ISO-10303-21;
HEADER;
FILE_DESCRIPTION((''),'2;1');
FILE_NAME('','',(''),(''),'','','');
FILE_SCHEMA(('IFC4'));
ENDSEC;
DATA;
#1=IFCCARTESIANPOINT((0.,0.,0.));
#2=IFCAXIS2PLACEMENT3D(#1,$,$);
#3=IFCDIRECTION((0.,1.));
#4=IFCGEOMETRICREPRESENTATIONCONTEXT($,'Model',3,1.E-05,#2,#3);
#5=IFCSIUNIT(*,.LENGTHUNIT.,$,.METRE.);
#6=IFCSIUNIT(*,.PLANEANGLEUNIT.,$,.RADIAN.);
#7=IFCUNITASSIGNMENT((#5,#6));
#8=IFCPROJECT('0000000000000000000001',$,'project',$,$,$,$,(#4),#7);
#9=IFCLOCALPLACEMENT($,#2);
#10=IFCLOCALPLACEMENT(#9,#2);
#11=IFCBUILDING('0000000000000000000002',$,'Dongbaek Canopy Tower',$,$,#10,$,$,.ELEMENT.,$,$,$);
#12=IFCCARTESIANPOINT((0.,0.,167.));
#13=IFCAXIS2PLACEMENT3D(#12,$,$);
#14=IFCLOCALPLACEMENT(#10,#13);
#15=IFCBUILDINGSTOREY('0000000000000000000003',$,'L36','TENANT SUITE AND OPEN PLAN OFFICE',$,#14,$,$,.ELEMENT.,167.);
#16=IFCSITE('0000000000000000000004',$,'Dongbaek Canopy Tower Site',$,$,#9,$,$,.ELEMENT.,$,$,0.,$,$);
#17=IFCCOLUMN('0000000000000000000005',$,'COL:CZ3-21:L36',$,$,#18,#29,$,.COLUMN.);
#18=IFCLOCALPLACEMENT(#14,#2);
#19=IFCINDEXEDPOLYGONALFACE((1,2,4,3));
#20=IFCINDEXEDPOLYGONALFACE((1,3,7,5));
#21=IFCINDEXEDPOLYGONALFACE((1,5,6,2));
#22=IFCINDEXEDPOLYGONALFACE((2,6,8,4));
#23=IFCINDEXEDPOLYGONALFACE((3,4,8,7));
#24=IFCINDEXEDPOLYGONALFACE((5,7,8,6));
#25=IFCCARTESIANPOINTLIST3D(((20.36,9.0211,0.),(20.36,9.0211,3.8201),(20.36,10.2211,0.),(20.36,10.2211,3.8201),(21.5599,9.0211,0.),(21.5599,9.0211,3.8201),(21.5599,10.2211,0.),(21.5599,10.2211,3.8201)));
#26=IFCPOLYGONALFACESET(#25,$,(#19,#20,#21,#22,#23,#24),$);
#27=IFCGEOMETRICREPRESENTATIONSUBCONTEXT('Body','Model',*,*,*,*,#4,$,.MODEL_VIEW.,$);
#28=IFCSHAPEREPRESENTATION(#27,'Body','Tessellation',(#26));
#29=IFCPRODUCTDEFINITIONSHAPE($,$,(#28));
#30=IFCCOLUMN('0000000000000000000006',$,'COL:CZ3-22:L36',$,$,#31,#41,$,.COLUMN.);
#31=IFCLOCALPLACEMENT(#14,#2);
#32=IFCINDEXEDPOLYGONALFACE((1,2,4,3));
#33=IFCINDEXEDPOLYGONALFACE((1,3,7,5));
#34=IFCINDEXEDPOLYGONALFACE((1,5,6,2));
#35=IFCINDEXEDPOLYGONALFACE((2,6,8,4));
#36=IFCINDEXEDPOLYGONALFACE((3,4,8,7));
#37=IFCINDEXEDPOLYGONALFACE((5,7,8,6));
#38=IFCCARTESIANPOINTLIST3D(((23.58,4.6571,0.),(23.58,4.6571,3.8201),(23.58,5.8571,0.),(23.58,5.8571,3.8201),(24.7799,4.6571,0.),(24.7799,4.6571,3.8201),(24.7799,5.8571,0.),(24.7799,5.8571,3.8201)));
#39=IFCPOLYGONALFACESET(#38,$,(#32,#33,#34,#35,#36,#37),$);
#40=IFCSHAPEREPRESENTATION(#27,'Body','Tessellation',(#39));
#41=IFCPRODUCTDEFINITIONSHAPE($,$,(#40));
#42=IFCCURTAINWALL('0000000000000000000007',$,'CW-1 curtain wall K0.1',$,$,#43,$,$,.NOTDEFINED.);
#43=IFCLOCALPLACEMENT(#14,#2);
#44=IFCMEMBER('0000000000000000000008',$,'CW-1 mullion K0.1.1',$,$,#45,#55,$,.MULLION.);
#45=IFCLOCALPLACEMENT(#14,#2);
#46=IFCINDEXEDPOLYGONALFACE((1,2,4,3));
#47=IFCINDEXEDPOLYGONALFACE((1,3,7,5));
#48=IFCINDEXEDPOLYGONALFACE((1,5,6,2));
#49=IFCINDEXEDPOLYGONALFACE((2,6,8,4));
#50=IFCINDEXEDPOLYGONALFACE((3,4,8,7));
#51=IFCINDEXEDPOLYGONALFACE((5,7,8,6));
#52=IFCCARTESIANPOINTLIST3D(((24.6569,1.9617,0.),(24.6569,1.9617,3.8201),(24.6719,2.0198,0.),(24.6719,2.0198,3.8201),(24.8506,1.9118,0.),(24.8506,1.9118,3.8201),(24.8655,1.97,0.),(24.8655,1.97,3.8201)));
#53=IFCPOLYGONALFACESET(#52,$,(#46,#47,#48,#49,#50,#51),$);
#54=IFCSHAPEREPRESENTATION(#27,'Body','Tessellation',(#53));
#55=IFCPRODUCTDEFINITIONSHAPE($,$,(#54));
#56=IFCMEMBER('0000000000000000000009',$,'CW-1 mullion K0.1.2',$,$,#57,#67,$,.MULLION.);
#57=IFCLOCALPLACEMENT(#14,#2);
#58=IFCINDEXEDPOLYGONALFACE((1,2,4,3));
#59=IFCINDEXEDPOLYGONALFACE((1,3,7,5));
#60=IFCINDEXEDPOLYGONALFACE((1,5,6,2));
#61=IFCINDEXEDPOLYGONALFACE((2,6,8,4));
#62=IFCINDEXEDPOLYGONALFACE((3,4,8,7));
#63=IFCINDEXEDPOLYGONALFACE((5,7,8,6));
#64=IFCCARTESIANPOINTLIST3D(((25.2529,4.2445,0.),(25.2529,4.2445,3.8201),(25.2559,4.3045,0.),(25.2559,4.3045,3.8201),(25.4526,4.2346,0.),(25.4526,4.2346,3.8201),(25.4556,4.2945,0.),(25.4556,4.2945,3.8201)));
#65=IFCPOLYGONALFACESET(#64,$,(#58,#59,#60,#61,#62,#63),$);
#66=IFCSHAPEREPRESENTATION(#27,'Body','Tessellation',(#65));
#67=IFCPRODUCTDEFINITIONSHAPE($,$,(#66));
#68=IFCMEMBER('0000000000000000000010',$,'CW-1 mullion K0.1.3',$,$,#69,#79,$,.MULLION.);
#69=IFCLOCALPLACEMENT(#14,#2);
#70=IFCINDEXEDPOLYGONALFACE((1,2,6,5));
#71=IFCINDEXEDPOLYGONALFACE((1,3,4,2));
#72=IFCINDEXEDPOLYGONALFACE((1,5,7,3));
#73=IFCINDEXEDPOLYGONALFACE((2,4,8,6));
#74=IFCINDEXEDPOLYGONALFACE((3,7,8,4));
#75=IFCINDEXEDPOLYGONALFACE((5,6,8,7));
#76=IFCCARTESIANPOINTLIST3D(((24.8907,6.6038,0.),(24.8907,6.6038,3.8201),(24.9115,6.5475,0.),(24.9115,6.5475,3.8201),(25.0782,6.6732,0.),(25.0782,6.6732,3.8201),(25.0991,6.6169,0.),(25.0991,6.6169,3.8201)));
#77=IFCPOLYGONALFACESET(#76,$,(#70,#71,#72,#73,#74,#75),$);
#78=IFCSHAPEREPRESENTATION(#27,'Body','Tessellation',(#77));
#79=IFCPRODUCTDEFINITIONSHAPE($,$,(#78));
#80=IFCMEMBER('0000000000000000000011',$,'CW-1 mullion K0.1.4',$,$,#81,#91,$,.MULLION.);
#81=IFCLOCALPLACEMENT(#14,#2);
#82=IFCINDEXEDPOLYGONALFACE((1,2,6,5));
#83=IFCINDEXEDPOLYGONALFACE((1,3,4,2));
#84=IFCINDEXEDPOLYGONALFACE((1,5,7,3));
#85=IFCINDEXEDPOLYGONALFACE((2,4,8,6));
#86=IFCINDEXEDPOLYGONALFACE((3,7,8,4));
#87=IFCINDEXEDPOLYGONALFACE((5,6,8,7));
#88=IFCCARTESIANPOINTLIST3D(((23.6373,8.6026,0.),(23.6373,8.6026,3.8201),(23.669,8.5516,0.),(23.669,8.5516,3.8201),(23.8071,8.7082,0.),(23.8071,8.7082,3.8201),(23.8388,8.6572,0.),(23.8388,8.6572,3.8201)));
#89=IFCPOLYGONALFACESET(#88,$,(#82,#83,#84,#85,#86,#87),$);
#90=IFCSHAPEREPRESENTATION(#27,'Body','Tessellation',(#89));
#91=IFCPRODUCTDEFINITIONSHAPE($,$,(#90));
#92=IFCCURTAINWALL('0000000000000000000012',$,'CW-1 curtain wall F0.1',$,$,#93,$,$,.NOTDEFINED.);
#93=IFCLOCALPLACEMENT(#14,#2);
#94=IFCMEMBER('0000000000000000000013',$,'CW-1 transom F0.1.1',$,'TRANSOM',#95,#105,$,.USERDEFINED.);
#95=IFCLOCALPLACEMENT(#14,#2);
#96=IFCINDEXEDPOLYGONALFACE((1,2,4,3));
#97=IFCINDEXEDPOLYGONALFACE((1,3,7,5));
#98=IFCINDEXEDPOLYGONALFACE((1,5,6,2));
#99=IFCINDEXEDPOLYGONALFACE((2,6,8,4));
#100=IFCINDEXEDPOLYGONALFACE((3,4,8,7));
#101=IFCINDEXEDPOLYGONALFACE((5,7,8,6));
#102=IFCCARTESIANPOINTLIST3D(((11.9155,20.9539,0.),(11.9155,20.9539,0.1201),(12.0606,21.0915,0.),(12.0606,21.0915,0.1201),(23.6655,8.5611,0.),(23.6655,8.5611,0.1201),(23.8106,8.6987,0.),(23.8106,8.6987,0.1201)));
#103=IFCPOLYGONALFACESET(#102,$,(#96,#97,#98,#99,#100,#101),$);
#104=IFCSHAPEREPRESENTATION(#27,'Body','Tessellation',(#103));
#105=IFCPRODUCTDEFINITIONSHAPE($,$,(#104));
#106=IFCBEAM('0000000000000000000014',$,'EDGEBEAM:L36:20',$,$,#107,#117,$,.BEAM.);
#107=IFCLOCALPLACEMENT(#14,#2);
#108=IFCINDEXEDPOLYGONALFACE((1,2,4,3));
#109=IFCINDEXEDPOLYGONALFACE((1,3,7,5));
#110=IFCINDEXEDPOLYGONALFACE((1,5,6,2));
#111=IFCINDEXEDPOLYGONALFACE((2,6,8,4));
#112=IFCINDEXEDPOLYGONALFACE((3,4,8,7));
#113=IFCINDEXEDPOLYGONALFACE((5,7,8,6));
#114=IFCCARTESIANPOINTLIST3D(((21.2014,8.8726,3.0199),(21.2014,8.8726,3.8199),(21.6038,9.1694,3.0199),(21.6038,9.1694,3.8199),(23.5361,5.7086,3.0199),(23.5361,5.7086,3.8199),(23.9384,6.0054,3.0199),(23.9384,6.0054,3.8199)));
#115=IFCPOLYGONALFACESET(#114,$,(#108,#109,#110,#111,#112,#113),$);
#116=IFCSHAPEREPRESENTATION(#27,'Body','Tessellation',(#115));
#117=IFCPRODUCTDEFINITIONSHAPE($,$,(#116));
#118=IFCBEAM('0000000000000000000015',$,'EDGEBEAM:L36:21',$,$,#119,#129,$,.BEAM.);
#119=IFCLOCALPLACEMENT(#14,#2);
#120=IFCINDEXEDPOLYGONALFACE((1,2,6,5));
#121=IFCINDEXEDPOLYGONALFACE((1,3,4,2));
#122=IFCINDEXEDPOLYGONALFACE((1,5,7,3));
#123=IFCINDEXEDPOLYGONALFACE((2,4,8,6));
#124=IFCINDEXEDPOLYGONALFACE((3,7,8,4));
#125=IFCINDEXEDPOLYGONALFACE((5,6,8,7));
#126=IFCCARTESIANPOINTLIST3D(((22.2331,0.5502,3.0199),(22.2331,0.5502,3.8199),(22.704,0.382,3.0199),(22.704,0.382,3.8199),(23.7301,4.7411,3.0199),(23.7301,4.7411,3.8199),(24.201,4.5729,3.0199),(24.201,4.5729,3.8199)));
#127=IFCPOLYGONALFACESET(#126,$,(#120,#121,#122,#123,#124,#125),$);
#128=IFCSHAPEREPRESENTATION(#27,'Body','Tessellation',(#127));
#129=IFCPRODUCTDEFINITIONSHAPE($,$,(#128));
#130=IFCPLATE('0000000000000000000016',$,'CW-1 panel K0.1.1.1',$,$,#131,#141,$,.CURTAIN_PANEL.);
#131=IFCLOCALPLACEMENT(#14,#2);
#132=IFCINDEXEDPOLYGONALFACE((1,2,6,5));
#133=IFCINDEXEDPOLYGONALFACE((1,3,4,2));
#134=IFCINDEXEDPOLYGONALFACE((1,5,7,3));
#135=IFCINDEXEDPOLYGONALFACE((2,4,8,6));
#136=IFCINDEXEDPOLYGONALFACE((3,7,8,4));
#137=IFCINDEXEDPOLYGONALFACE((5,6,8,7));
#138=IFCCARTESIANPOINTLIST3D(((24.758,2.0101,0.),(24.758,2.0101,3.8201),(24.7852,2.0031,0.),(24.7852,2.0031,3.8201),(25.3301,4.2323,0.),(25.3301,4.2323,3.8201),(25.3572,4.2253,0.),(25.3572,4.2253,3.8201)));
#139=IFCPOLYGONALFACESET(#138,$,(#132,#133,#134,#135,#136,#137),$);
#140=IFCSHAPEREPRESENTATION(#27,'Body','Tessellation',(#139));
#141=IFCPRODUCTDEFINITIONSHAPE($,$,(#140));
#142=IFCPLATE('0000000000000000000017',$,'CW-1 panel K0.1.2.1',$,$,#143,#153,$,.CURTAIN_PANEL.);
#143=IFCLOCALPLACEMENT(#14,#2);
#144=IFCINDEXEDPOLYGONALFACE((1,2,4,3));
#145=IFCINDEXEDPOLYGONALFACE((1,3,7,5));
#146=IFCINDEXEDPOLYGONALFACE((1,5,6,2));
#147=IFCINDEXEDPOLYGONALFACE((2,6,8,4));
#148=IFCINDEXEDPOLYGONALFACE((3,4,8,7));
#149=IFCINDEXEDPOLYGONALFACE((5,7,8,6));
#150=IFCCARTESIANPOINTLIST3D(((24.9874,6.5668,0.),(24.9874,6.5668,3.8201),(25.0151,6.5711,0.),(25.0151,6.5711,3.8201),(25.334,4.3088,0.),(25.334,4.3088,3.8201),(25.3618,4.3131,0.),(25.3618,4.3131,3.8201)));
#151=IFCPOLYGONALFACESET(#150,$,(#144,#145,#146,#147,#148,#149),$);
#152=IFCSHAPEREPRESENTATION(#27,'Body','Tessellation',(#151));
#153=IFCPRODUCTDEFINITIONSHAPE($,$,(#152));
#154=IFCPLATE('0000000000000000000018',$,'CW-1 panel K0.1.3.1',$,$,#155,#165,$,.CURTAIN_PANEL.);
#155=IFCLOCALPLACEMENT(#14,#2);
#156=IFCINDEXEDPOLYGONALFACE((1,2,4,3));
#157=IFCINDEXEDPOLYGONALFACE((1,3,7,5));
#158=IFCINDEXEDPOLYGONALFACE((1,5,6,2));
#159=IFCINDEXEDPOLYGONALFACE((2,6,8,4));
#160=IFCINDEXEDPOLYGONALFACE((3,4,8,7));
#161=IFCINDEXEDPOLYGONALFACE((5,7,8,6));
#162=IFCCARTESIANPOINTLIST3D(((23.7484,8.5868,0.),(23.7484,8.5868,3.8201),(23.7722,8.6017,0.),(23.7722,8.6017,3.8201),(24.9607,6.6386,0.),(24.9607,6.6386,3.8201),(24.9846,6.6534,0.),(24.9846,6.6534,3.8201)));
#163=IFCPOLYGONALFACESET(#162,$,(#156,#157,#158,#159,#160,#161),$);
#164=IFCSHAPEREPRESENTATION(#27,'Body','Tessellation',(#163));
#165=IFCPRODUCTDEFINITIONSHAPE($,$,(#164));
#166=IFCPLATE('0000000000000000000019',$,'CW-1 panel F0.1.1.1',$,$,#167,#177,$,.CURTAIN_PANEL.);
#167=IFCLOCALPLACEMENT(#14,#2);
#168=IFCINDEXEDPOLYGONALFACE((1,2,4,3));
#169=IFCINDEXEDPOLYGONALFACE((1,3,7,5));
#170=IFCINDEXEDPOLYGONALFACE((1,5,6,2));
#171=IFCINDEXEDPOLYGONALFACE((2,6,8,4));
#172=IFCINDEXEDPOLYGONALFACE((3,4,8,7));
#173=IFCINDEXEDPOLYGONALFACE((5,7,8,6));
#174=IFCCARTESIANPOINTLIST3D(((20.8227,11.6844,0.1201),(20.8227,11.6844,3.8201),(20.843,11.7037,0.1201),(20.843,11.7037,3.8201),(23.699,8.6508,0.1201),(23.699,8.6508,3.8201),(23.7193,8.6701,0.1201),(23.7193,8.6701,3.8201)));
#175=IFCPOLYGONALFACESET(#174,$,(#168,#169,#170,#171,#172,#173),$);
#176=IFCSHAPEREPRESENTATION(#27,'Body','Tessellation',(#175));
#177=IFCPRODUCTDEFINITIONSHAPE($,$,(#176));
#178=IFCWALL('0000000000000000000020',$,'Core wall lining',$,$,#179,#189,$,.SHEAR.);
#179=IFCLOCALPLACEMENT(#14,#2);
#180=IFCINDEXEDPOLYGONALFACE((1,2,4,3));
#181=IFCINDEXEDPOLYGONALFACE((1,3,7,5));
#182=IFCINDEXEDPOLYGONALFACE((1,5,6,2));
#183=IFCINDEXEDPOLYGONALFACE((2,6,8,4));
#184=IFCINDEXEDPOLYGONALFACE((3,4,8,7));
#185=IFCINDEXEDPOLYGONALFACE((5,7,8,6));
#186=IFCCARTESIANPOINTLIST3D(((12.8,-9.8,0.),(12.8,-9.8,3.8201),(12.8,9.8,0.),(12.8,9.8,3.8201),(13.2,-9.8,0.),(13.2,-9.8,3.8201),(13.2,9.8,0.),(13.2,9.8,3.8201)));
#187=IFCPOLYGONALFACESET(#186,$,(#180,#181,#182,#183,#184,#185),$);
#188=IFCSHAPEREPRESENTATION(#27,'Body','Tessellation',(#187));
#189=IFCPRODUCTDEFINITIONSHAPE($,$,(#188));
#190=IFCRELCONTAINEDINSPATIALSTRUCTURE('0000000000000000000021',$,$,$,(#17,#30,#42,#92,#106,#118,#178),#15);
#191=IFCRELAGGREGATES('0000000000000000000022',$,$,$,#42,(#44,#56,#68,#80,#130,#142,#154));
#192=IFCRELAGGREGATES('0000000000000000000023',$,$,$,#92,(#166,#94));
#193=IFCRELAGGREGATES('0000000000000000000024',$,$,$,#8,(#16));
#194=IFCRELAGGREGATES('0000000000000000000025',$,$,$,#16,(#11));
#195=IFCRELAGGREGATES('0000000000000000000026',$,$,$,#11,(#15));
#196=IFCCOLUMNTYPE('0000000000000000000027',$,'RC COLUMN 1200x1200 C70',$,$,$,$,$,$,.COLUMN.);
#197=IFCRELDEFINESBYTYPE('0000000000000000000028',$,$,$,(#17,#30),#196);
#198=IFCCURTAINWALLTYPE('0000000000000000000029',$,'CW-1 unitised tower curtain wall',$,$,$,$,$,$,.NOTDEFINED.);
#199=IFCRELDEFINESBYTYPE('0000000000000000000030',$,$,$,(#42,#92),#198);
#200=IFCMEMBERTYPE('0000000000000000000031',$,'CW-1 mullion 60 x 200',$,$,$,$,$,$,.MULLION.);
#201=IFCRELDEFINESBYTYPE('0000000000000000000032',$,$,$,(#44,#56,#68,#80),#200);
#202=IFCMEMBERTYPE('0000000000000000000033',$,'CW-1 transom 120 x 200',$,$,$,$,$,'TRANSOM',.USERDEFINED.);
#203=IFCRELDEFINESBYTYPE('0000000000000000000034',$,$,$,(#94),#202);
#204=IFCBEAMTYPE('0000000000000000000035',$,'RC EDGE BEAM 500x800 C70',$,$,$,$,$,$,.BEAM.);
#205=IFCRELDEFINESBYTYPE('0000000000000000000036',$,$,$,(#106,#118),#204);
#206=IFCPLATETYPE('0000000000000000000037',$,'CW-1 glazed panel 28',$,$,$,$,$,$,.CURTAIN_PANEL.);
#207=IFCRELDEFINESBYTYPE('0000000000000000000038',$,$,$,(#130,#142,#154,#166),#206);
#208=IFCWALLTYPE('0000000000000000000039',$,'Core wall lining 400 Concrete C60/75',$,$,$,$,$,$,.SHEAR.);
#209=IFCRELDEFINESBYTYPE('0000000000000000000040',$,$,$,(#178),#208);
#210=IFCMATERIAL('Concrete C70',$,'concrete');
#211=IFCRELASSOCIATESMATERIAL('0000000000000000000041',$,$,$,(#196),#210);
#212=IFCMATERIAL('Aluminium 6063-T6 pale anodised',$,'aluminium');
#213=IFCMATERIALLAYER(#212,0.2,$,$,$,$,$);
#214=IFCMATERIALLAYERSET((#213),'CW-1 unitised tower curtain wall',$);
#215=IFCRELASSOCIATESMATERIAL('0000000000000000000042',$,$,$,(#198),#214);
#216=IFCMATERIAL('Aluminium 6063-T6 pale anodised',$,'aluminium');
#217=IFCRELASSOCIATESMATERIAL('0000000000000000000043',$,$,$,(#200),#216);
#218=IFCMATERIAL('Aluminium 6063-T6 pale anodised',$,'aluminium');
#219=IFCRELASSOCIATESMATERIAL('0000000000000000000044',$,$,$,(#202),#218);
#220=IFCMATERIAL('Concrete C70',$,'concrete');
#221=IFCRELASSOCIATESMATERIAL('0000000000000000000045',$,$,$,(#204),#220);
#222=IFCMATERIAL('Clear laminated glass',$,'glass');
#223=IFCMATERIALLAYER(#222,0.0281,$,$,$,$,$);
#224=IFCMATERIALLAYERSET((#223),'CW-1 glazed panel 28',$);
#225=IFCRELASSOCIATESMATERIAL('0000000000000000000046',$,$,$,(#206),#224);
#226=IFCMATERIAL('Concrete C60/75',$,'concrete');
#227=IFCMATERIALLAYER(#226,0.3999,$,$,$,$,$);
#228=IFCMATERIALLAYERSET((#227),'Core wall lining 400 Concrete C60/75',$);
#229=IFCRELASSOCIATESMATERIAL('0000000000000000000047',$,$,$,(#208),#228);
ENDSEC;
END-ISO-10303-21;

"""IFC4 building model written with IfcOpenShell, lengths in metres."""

from ifc_helpers import new_model, si_unit, direction, frame, frame_2d, origin, origin_2d, place, context, subcontext, project, spatial, rectangle, extrude, material, layer, layer_set, material_profile, profile_set, type_object, element, aggregate, save


model = new_model("IFC4")

# Units and contexts
model_context = context("Model", 3, precision=1e-05, world=origin(), true_north=direction((0.0, 1.0)))
body_context = subcontext(model_context, "Body", "Model", "MODEL_VIEW")
ifc_project = project(units=[si_unit("LENGTHUNIT", "METRE"), si_unit("PLANEANGLEUNIT", "RADIAN")], contexts=[model_context])

# Site, building, storey
site_placement = place(None, origin())
site = spatial("IfcSite", under=ifc_project, at=site_placement, Name="Dongbaek Canopy Tower Site", CompositionType="ELEMENT", RefElevation=0.0)
building_placement = place(site_placement, origin())
building = spatial("IfcBuilding", under=site, at=building_placement, Name="Dongbaek Canopy Tower", CompositionType="ELEMENT")
storey_placement = place(building_placement, frame((0.0, 0.0, 167.0)))
storey = spatial("IfcBuildingStorey", under=building, at=storey_placement, Name="L36", Description="TENANT SUITE AND OPEN PLAN OFFICE", CompositionType="ELEMENT", Elevation=167.0)

# Columns
ifc_material_1 = material(Name="Concrete C70", Category="concrete")
ifc_material_profile_1 = material_profile(ifc_material_1, rectangle(XDim=1.2, YDim=1.2, at=origin_2d()), Name="RC COLUMN 1200x1200 C70")
ifc_profile_set_1 = profile_set([ifc_material_profile_1], Name="Concrete C70")
column_type = type_object("IfcColumnType", Name="RC COLUMN 1200x1200 C70", PredefinedType="COLUMN", material=ifc_profile_set_1)
for number, where, z_axis, x_axis, name in (
    (1, (20.96, 9.6211, 0.0), (0.0, 0.0, 1.0), (1.0, 0.0, 0.0), "COL:CZ3-21:L36"),
    (2, (24.1799, 5.2571, 0.0), (0.0, 0.0, 1.0), (1.0, 0.0, 0.0), "COL:CZ3-22:L36"),
):
    element("IfcColumn", number, at=place(storey_placement, frame(where, z_axis=z_axis, x_axis=x_axis)), inside=storey, type_object=column_type, Name=name, PredefinedType="COLUMN", context=body_context, shape_type="SweptSolid", body=[
        extrude(rectangle(XDim=1.2, YDim=1.2, at=origin_2d()), origin(), (0.0, 0.0, 1.0), 3.8201),
    ])

# Curtain wall, members
ifc_material_2 = material(Name="Aluminium 6063-T6 pale anodised", Category="aluminium")
ifc_layer_1 = layer(ifc_material_2, 0.2)
ifc_layer_set_1 = layer_set([ifc_layer_1], Name="CW-1 unitised tower curtain wall")
curtain_wall_type = type_object("IfcCurtainWallType", Name="CW-1 unitised tower curtain wall", PredefinedType="NOTDEFINED", material=ifc_layer_set_1)
curtain_wall_1_placement = place(storey_placement, origin())
curtain_wall_1 = element("IfcCurtainWall", 3, at=curtain_wall_1_placement, inside=storey, type_object=curtain_wall_type, Name="CW-1 curtain wall K0.1", PredefinedType="NOTDEFINED")
ifc_material_3 = material(Name="Aluminium 6063-T6 pale anodised", Category="aluminium")
ifc_material_profile_2 = material_profile(ifc_material_3, rectangle(XDim=0.2, YDim=0.0601, at=origin_2d()), Name="CW-1 mullion 60 x 200")
ifc_profile_set_2 = profile_set([ifc_material_profile_2], Name="Aluminium 6063-T6 pale anodised")
member_type_1 = type_object("IfcMemberType", Name="CW-1 mullion 60 x 200", PredefinedType="MULLION", material=ifc_profile_set_2)
member_1_placement = place(storey_placement, frame((24.7612, 1.9658, 0.0), z_axis=(0.0, 0.0, 1.0), x_axis=(0.968425, -0.249305, 0.0)))
member_1 = element("IfcMember", 4, at=member_1_placement, type_object=member_type_1, Name="CW-1 mullion K0.1.1", PredefinedType="MULLION", context=body_context, shape_type="SweptSolid", body=[
    extrude(rectangle(XDim=0.2, YDim=0.0601, at=origin_2d()), origin(), (0.0, 0.0, 1.0), 3.8201),
])
member_2_placement = place(storey_placement, frame((25.3542, 4.2695, 0.0), z_axis=(0.0, 0.0, 1.0), x_axis=(0.99876, -0.049791, 0.0)))
member_2 = element("IfcMember", 5, at=member_2_placement, type_object=member_type_1, Name="CW-1 mullion K0.1.2", PredefinedType="MULLION", context=body_context, shape_type="SweptSolid", body=[
    extrude(rectangle(XDim=0.2, YDim=0.0601, at=origin_2d()), origin(), (0.0, 0.0, 1.0), 3.8201),
])
member_3_placement = place(storey_placement, frame((24.9949, 6.6104, 0.0), z_axis=(0.0, 0.0, 1.0), x_axis=(0.937824, 0.34711, 0.0)))
member_3 = element("IfcMember", 6, at=member_3_placement, type_object=member_type_1, Name="CW-1 mullion K0.1.3", PredefinedType="MULLION", context=body_context, shape_type="SweptSolid", body=[
    extrude(rectangle(XDim=0.2, YDim=0.0601, at=origin_2d()), origin(), (0.0, 0.0, 1.0), 3.8201),
])
member_4_placement = place(storey_placement, frame((23.738, 8.6299, 0.0), z_axis=(0.0, 0.0, 1.0), x_axis=(0.849036, 0.528335, 0.0)))
member_4 = element("IfcMember", 7, at=member_4_placement, type_object=member_type_1, Name="CW-1 mullion K0.1.4", PredefinedType="MULLION", context=body_context, shape_type="SweptSolid", body=[
    extrude(rectangle(XDim=0.2, YDim=0.0601, at=origin_2d()), origin(), (0.0, 0.0, 1.0), 3.8201),
])

# Curtain wall, member
curtain_wall_2_placement = place(storey_placement, origin())
curtain_wall_2 = element("IfcCurtainWall", 8, at=curtain_wall_2_placement, inside=storey, type_object=curtain_wall_type, Name="CW-1 curtain wall F0.1", PredefinedType="NOTDEFINED")
ifc_material_4 = material(Name="Aluminium 6063-T6 pale anodised", Category="aluminium")
ifc_material_profile_3 = material_profile(ifc_material_4, rectangle(XDim=0.2, YDim=0.1201, at=origin_2d()), Name="CW-1 transom 120 x 200")
ifc_profile_set_3 = profile_set([ifc_material_profile_3], Name="Aluminium 6063-T6 pale anodised")
member_type_2 = type_object("IfcMemberType", Name="CW-1 transom 120 x 200", ElementType="TRANSOM", PredefinedType="USERDEFINED", material=ifc_profile_set_3)
member_5_placement = place(storey_placement, frame((23.738, 8.6299, 0.0601), z_axis=(-0.688036, 0.725677, 0.0), x_axis=(-0.725677, -0.688036, 0.0)))
member_5 = element("IfcMember", 9, at=member_5_placement, type_object=member_type_2, Name="CW-1 transom F0.1.1", ObjectType="TRANSOM", PredefinedType="USERDEFINED", context=body_context, shape_type="SweptSolid", body=[
    extrude(rectangle(XDim=0.2, YDim=0.1201, at=origin_2d()), origin(), (0.0, 0.0, 1.0), 17.0776),
])

# Beams
ifc_material_5 = material(Name="Concrete C70", Category="concrete")
ifc_material_profile_4 = material_profile(ifc_material_5, rectangle(XDim=0.5, YDim=0.8, at=origin_2d()), Name="RC EDGE BEAM 500x800 C70")
ifc_profile_set_4 = profile_set([ifc_material_profile_4], Name="Concrete C70")
beam_type = type_object("IfcBeamType", Name="RC EDGE BEAM 500x800 C70", PredefinedType="BEAM", material=ifc_profile_set_4)
beam_1_placement = place(storey_placement, frame((21.4026, 9.021, 3.4199), z_axis=(0.593743, -0.804655, 0.0), x_axis=(0.804655, 0.593743, 0.0)))
element("IfcBeam", 10, at=beam_1_placement, inside=storey, type_object=beam_type, Name="EDGEBEAM:L36:20", PredefinedType="BEAM", context=body_context, shape_type="SweptSolid", body=[
    extrude(rectangle(XDim=0.5, YDim=0.8, at=origin_2d()), origin(), (0.0, 0.0, 1.0), 3.9321),
])
beam_2_placement = place(storey_placement, frame((23.9656, 4.657, 3.4199), z_axis=(-0.336399, -0.94172, 0.0), x_axis=(0.94172, -0.336399, 0.0)))
element("IfcBeam", 11, at=beam_2_placement, inside=storey, type_object=beam_type, Name="EDGEBEAM:L36:21", PredefinedType="BEAM", context=body_context, shape_type="SweptSolid", body=[
    extrude(rectangle(XDim=0.5, YDim=0.8, at=origin_2d()), origin(), (0.0, 0.0, 1.0), 4.4502),
])

# Plates
ifc_material_6 = material(Name="Clear laminated glass", Category="glass")
ifc_layer_2 = layer(ifc_material_6, 0.0281)
ifc_layer_set_2 = layer_set([ifc_layer_2], Name="CW-1 glazed panel 28")
plate_type = type_object("IfcPlateType", Name="CW-1 glazed panel 28", PredefinedType="CURTAIN_PANEL", material=ifc_layer_set_2)
plate_1_placement = place(storey_placement, frame((25.0576, 3.1177, 0.0), z_axis=(0.0, 0.0, 1.0), x_axis=(0.249305, 0.968425, 0.0)))
plate_1 = element("IfcPlate", 12, at=plate_1_placement, type_object=plate_type, Name="CW-1 panel K0.1.1.1", PredefinedType="CURTAIN_PANEL", context=body_context, shape_type="SweptSolid", body=[
    extrude(rectangle(XDim=2.2947, YDim=0.0281, at=origin_2d()), origin(), (0.0, 0.0, 1.0), 3.8201),
])
plate_2_placement = place(storey_placement, frame((25.1746, 5.4399, 0.0), z_axis=(0.0, 0.0, 1.0), x_axis=(-0.15175, 0.988419, 0.0)))
plate_2 = element("IfcPlate", 13, at=plate_2_placement, type_object=plate_type, Name="CW-1 panel K0.1.2.1", PredefinedType="CURTAIN_PANEL", context=body_context, shape_type="SweptSolid", body=[
    extrude(rectangle(XDim=2.2844, YDim=0.0281, at=origin_2d()), origin(), (0.0, 0.0, 1.0), 3.8201),
])
plate_3_placement = place(storey_placement, frame((24.3665, 7.6201, 0.0), z_axis=(0.0, 0.0, 1.0), x_axis=(-0.528335, 0.849036, 0.0)))
plate_3 = element("IfcPlate", 14, at=plate_3_placement, type_object=plate_type, Name="CW-1 panel K0.1.3.1", PredefinedType="CURTAIN_PANEL", context=body_context, shape_type="SweptSolid", body=[
    extrude(rectangle(XDim=2.2947, YDim=0.0281, at=origin_2d()), origin(), (0.0, 0.0, 1.0), 3.8201),
])
plate_4_placement = place(storey_placement, frame((22.271, 10.1772, 0.1201), z_axis=(0.0, 0.0, 1.0), x_axis=(-0.688043, 0.72567, 0.0)))
plate_4 = element("IfcPlate", 15, at=plate_4_placement, type_object=plate_type, Name="CW-1 panel F0.1.1.1", PredefinedType="CURTAIN_PANEL", context=body_context, shape_type="SweptSolid", body=[
    extrude(rectangle(XDim=4.1804, YDim=0.0281, at=origin_2d()), origin(), (0.0, 0.0, 1.0), 3.7),
])

# Wall
ifc_material_7 = material(Name="Concrete C60/75", Category="concrete")
ifc_layer_3 = layer(ifc_material_7, 0.3999)
ifc_layer_set_3 = layer_set([ifc_layer_3], Name="Core wall lining 400 Concrete C60/75")
wall_type_1 = type_object("IfcWallType", Name="Core wall lining 400 Concrete C60/75", PredefinedType="SHEAR", material=ifc_layer_set_3)
wall_1_placement = place(storey_placement, frame((13.0, 9.8, 0.0), z_axis=(0.0, 0.0, 1.0), x_axis=(0.0, -1.0, 0.0)))
element("IfcWall", 16, at=wall_1_placement, inside=storey, type_object=wall_type_1, Name="Core wall lining", PredefinedType="SHEAR", context=body_context, shape_type="SweptSolid", body=[
    extrude(rectangle(XDim=19.6001, YDim=0.3999, at=frame_2d((9.8, 0.0))), origin(), (0.0, 0.0, 1.0), 3.8201),
])

aggregate(curtain_wall_1, [member_1, member_2, member_3, member_4, plate_1, plate_2, plate_3])
aggregate(curtain_wall_2, [plate_4, member_5])

save(model, "model.ifc")
